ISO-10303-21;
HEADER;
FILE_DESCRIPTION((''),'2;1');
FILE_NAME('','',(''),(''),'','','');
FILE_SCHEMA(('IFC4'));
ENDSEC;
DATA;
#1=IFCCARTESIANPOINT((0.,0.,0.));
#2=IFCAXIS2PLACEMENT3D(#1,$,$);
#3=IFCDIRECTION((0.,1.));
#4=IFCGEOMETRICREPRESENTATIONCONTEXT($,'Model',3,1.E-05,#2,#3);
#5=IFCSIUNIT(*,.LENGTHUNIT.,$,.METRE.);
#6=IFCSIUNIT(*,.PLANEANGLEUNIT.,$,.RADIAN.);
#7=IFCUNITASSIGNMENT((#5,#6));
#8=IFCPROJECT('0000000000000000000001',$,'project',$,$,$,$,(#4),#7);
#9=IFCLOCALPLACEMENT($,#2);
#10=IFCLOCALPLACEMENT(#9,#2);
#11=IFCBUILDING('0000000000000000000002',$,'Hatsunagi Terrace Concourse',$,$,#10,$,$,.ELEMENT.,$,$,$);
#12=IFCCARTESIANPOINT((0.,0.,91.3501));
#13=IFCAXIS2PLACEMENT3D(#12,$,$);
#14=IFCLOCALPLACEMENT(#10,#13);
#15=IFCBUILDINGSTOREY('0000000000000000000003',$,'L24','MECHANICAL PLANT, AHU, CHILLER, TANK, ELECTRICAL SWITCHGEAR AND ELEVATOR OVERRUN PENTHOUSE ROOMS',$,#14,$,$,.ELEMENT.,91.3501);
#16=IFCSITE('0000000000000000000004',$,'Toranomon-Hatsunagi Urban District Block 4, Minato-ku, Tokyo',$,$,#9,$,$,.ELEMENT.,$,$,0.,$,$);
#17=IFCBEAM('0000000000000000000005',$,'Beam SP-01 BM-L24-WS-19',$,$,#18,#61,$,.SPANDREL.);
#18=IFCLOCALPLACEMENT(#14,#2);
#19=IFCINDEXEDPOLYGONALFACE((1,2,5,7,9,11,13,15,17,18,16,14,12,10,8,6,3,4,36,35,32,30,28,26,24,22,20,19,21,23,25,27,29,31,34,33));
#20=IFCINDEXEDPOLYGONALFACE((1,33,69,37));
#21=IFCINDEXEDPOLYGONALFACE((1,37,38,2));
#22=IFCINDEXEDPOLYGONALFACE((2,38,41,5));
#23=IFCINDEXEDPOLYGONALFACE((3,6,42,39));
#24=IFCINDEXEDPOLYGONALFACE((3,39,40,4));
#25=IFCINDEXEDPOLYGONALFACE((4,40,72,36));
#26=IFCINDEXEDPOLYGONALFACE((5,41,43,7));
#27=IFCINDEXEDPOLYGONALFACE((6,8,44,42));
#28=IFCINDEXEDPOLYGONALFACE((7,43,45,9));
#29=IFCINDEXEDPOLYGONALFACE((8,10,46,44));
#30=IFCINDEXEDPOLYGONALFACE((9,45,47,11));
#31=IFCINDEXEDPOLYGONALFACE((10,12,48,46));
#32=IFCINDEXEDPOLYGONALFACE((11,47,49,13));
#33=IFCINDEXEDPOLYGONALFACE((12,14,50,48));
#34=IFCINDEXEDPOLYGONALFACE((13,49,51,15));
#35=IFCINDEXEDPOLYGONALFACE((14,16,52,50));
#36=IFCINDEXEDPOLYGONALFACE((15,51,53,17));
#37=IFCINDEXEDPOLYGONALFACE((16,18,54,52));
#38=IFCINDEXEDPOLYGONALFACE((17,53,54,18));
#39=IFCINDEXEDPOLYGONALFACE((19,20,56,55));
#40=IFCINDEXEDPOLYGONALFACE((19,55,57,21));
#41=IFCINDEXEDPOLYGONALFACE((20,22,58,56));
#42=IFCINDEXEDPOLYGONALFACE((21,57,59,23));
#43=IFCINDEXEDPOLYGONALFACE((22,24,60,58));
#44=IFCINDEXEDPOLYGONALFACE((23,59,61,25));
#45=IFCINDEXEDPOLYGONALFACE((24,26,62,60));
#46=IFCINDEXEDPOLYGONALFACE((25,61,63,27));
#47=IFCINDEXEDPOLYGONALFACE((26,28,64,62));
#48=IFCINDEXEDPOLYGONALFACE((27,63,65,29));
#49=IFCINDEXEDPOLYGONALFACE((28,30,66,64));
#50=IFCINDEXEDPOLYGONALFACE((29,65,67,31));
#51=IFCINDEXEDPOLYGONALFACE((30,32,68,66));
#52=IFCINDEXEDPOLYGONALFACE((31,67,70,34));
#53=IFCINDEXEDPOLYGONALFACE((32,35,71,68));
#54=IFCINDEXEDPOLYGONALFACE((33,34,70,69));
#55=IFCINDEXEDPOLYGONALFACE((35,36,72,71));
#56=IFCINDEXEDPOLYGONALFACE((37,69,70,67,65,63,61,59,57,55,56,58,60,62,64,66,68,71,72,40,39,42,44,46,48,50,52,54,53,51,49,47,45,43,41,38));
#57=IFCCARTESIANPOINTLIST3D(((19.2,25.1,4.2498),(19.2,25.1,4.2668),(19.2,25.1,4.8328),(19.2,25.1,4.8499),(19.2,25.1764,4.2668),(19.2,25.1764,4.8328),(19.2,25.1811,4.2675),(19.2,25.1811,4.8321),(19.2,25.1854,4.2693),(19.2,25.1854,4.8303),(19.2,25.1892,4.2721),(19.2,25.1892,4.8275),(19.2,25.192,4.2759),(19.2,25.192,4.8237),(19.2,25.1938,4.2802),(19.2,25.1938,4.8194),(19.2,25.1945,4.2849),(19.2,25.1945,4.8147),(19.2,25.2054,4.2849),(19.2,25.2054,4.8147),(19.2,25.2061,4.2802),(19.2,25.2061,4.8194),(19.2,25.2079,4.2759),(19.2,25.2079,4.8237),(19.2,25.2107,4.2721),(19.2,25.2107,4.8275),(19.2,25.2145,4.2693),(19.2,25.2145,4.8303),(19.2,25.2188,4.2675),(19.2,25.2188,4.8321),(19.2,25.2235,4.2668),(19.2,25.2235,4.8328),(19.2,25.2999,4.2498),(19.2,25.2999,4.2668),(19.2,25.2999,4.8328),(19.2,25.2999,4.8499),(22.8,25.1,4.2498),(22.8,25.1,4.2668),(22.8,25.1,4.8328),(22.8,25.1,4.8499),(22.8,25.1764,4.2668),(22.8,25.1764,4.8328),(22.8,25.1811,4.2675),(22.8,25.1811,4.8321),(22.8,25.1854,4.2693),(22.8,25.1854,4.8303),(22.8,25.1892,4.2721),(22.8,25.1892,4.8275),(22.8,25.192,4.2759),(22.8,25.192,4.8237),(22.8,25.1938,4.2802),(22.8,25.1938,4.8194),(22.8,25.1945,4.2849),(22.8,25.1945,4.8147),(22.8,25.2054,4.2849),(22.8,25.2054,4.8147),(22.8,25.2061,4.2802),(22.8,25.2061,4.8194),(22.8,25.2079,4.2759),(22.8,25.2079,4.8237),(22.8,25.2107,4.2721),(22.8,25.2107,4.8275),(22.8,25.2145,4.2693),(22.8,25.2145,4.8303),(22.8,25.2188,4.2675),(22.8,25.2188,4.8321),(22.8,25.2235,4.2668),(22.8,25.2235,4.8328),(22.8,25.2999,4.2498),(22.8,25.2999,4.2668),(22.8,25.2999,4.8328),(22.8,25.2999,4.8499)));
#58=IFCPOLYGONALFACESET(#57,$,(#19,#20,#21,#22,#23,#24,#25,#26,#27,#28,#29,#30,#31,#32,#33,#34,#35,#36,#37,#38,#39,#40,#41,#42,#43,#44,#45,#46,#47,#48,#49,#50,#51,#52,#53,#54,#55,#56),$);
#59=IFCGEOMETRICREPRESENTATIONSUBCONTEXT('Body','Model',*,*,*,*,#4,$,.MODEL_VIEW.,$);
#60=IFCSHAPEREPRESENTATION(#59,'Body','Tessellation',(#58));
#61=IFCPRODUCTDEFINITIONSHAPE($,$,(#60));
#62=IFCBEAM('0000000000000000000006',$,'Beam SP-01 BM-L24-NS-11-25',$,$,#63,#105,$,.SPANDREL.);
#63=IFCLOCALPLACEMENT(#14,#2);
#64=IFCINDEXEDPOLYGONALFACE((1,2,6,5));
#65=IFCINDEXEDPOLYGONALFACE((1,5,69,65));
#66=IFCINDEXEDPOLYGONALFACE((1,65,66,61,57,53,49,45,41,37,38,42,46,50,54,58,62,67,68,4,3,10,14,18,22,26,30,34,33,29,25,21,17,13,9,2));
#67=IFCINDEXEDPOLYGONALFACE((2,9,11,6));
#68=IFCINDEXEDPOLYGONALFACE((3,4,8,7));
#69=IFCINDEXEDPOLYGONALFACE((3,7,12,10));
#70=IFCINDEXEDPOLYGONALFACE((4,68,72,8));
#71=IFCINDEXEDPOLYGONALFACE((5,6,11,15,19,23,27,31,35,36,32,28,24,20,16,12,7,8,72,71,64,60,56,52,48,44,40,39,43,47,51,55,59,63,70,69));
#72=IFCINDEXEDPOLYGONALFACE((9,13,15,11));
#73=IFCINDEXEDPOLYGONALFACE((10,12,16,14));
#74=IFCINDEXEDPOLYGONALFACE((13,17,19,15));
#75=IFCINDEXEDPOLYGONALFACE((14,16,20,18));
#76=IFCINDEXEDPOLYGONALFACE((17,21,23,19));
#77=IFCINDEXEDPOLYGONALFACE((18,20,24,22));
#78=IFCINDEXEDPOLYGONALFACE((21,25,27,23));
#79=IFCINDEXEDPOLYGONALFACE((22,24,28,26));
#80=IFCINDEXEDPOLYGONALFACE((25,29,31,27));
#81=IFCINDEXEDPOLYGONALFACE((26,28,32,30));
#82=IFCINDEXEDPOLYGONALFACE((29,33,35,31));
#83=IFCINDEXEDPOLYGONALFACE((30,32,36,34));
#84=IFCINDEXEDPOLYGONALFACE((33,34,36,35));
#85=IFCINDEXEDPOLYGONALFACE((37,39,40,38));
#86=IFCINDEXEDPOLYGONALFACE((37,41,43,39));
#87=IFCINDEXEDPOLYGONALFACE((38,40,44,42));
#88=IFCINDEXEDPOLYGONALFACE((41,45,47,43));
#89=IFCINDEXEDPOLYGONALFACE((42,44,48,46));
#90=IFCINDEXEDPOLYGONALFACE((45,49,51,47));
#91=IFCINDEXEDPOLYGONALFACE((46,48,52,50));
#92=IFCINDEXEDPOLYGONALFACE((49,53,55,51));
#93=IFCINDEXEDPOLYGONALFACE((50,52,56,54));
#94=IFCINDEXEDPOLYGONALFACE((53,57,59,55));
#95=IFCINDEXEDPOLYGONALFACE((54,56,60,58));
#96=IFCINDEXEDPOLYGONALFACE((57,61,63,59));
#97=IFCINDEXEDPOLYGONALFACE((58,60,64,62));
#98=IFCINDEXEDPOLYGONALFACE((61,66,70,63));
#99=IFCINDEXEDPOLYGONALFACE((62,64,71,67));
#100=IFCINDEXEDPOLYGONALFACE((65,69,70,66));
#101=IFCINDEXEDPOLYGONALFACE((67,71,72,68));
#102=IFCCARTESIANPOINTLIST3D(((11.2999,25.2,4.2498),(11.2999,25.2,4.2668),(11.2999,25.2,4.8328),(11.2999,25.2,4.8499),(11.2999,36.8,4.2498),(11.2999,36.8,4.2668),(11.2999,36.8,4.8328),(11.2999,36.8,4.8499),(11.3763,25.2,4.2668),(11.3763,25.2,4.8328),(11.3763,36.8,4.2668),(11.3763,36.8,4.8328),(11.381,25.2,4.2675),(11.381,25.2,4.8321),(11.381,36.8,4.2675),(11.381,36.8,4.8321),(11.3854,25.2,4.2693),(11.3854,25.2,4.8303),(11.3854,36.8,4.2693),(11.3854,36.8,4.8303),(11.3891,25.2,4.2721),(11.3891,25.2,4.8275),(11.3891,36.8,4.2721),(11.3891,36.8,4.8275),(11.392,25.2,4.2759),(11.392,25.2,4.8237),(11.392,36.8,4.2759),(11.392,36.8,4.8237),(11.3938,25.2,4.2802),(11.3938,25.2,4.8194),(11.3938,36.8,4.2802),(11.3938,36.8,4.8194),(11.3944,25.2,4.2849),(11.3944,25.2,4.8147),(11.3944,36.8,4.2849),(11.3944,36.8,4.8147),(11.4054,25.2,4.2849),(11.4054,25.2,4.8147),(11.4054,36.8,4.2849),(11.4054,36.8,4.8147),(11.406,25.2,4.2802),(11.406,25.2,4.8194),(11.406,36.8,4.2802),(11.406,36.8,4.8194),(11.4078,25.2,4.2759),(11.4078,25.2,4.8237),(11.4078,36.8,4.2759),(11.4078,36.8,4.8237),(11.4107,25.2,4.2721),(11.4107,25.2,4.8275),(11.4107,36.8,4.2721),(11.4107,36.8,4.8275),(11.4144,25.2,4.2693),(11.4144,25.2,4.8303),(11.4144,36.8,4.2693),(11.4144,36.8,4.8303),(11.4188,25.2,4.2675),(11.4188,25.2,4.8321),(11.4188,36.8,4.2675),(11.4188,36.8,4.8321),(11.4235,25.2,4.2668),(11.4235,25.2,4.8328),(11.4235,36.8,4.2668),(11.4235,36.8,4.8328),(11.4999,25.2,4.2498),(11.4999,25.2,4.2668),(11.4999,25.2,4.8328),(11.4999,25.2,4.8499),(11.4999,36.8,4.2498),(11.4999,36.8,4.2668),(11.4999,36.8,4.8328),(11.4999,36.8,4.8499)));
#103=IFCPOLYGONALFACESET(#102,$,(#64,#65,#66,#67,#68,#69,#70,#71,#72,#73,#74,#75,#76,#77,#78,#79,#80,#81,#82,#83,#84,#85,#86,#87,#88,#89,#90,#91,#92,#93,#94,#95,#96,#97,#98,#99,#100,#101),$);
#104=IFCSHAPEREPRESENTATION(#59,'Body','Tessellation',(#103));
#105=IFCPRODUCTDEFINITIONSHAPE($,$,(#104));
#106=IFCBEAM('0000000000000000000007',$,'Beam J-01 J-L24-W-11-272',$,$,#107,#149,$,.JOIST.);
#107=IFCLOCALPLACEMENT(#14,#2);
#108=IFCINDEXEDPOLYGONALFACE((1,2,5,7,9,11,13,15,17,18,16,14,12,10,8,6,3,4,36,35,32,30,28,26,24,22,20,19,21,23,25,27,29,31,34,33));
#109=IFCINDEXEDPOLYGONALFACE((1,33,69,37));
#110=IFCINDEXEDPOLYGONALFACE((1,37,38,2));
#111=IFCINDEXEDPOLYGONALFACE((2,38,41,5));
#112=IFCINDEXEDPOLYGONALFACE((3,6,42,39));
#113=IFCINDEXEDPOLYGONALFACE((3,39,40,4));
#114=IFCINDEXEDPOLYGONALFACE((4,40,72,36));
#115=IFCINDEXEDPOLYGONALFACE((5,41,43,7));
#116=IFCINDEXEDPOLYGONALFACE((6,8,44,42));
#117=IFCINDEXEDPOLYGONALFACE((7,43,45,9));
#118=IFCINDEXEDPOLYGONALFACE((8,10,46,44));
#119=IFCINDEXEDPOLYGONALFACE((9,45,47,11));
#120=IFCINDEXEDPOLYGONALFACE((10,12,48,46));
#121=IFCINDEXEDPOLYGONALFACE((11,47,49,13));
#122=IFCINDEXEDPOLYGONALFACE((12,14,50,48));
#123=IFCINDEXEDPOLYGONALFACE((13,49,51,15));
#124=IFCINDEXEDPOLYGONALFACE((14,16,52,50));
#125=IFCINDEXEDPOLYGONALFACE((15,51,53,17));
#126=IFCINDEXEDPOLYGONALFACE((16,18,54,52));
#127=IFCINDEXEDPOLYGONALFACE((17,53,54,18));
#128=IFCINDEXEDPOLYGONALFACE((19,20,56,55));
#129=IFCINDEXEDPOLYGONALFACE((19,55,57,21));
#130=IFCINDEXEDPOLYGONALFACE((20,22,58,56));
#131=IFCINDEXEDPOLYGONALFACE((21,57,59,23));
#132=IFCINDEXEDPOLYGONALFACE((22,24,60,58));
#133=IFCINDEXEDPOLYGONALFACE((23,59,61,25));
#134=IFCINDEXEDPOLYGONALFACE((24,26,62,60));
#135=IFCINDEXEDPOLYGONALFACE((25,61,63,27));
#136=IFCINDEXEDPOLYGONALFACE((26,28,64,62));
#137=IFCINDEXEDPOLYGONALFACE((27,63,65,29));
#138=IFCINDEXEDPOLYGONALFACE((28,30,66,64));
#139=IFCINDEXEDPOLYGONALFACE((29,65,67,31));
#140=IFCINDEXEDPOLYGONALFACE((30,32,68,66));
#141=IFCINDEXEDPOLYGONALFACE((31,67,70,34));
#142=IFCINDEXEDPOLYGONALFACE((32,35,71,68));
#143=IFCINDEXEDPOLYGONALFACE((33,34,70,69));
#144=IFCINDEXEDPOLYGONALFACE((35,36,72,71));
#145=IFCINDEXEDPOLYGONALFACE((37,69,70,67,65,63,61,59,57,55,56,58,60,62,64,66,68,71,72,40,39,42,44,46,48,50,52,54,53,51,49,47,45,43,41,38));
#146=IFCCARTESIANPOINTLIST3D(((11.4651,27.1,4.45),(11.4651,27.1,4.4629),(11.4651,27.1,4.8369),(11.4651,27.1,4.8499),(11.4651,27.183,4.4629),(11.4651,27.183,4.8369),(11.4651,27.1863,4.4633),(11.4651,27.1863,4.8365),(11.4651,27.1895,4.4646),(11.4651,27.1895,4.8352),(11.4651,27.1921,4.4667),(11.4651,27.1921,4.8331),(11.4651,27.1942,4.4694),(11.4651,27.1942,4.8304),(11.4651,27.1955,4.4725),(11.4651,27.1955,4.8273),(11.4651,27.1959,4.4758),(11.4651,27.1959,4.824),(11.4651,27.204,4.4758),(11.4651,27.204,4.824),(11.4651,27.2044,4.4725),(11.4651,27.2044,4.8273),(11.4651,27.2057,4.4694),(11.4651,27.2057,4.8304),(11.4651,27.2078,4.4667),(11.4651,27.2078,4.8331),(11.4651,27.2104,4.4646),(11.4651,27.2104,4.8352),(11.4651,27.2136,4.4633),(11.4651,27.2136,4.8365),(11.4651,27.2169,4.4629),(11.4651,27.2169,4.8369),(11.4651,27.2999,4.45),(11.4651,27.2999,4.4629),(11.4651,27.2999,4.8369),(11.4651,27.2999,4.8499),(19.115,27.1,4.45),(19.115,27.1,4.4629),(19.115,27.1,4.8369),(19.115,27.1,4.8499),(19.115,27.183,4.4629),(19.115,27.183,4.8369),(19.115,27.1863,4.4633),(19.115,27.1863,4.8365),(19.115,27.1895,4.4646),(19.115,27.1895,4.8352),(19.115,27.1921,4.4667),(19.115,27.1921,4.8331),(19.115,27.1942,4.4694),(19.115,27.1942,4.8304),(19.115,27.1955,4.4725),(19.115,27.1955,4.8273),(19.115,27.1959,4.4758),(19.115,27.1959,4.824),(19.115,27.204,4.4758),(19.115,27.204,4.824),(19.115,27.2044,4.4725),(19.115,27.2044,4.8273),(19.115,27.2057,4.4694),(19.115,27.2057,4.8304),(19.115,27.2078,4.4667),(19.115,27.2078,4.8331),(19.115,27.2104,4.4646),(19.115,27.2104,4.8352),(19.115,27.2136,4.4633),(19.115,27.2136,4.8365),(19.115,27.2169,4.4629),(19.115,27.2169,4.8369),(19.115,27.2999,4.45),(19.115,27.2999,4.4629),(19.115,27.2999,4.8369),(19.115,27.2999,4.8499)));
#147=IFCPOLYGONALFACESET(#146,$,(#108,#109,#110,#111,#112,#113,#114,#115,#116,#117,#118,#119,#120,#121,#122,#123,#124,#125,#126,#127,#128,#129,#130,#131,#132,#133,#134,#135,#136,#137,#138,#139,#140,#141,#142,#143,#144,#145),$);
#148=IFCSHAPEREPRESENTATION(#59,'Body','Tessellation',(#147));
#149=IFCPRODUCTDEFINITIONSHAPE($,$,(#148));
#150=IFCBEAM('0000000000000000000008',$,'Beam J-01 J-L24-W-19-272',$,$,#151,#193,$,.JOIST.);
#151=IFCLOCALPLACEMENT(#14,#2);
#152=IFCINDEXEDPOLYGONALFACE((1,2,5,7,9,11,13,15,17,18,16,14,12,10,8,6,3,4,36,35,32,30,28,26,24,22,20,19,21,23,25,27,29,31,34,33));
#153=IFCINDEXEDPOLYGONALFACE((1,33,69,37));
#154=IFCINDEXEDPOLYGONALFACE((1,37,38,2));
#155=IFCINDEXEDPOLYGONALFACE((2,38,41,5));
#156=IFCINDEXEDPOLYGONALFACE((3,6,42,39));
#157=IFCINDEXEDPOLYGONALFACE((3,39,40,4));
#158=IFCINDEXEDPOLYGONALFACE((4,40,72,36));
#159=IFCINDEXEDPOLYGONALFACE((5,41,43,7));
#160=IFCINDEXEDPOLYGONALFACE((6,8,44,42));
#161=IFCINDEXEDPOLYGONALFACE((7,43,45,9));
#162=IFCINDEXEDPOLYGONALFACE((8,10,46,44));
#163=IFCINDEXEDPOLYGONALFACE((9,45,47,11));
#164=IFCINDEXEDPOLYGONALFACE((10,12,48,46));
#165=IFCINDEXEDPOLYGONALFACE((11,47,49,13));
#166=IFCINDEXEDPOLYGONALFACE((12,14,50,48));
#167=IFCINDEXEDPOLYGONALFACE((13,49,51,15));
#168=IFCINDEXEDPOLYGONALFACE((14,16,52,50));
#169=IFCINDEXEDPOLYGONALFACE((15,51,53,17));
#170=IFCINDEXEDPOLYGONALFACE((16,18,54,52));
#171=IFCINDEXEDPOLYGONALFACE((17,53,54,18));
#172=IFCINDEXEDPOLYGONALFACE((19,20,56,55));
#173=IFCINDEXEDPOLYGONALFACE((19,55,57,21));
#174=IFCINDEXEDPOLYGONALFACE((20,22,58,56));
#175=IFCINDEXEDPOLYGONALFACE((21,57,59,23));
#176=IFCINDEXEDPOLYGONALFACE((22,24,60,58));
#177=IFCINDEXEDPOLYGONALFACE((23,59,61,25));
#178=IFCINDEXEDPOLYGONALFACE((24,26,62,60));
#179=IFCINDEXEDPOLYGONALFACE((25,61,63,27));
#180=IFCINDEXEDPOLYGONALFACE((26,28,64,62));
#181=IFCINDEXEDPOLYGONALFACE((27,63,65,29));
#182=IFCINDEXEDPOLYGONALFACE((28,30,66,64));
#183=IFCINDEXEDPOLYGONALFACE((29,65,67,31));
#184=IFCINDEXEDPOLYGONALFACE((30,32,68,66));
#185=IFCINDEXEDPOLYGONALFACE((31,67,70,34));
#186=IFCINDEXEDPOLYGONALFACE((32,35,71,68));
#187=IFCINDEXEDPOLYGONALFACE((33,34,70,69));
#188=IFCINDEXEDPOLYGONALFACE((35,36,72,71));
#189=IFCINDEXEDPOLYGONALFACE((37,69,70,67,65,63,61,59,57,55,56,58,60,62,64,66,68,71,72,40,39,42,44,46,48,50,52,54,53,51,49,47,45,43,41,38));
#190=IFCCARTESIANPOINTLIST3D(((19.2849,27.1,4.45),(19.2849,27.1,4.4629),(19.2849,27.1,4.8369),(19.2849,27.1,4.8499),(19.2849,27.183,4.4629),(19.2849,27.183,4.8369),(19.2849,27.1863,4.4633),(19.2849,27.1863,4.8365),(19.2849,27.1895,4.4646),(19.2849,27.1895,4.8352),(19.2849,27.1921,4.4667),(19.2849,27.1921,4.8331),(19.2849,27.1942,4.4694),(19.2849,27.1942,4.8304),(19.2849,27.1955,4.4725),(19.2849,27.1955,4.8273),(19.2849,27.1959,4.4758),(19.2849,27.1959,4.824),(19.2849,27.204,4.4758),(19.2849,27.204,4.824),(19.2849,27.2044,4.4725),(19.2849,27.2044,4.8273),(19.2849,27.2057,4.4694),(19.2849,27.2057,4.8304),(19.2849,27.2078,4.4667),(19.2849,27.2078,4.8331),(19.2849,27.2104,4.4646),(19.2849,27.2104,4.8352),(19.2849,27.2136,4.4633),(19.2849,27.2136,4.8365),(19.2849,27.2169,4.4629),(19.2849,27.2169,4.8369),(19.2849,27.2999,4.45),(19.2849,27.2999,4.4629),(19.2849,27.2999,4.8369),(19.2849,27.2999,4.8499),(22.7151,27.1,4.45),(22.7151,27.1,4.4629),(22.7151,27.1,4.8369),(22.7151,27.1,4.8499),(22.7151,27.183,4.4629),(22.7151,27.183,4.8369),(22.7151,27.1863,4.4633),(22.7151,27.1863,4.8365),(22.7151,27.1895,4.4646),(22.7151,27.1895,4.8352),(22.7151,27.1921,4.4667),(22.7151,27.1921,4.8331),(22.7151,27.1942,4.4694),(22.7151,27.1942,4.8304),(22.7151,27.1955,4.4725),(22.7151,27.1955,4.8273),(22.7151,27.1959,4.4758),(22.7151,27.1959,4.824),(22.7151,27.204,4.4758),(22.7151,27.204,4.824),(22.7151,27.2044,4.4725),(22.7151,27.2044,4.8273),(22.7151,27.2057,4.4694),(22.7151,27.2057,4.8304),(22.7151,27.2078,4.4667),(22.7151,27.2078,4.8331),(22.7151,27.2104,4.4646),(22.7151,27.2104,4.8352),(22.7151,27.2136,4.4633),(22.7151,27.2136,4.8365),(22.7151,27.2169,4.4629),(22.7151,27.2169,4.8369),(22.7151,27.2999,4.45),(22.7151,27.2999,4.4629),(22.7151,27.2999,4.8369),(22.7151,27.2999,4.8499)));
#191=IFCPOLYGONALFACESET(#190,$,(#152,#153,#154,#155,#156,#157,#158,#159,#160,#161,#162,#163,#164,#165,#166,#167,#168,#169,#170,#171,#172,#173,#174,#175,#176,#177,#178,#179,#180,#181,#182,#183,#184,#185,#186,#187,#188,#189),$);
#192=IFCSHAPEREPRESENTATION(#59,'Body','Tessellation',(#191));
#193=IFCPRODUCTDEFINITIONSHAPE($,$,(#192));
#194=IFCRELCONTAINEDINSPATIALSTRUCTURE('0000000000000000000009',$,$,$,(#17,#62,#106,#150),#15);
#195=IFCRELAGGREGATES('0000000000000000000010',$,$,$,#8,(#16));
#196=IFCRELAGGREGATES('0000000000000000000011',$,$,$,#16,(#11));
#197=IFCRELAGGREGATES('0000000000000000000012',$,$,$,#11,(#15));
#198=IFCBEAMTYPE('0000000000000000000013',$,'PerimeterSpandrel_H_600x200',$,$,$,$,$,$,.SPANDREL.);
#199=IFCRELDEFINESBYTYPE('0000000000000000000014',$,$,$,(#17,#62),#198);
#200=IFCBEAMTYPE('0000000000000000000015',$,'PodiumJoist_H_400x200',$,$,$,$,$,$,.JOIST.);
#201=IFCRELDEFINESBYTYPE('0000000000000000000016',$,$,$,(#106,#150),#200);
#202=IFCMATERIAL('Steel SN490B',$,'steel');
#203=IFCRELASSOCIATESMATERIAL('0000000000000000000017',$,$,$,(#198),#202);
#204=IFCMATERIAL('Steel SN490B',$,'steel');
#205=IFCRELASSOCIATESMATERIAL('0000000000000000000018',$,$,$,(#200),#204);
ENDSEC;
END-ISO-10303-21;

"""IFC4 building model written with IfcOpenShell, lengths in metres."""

from ifc_helpers import new_model, si_unit, direction, frame, origin, origin_2d, place, context, subcontext, project, spatial, i_section, extrude, material, material_profile, profile_set, type_object, element, save


model = new_model("IFC4")

# Units and contexts
model_context = context("Model", 3, precision=1e-05, world=origin(), true_north=direction((0.0, 1.0)))
body_context = subcontext(model_context, "Body", "Model", "MODEL_VIEW")
ifc_project = project(units=[si_unit("LENGTHUNIT", "METRE"), si_unit("PLANEANGLEUNIT", "RADIAN")], contexts=[model_context])

# Site, building, storey
site_placement = place(None, origin())
site = spatial("IfcSite", under=ifc_project, at=site_placement, Name="Toranomon-Hatsunagi Urban District Block 4, Minato-ku, Tokyo", CompositionType="ELEMENT", RefElevation=0.0)
building_placement = place(site_placement, origin())
building = spatial("IfcBuilding", under=site, at=building_placement, Name="Hatsunagi Terrace Concourse", CompositionType="ELEMENT")
storey_placement = place(building_placement, frame((0.0, 0.0, 91.3501)))
storey = spatial("IfcBuildingStorey", under=building, at=storey_placement, Name="L24", Description="MECHANICAL PLANT, AHU, CHILLER, TANK, ELECTRICAL SWITCHGEAR AND ELEVATOR OVERRUN PENTHOUSE ROOMS", CompositionType="ELEMENT", Elevation=91.3501)

# Beams
ifc_material_1 = material(Name="Steel SN490B", Category="steel")
ifc_material_profile_1 = material_profile(ifc_material_1, i_section(OverallWidth=0.2, OverallDepth=0.6001, WebThickness=0.011, FlangeThickness=0.0171, FilletRadius=0.0181, at=origin_2d()), Name="H-600x200x11x17")
ifc_profile_set_1 = profile_set([ifc_material_profile_1], Name="Steel SN490B")
beam_type_1 = type_object("IfcBeamType", Name="PerimeterSpandrel_H_600x200", PredefinedType="SPANDREL", material=ifc_profile_set_1)
beam_1_placement = place(storey_placement, frame((19.2, 25.2, 4.5498), z_axis=(1.0, 0.0, 0.0), x_axis=(0.0, 1.0, 0.0)))
element("IfcBeam", 1, at=beam_1_placement, inside=storey, type_object=beam_type_1, Name="Beam SP-01 BM-L24-WS-19", PredefinedType="SPANDREL", context=body_context, shape_type="SweptSolid", body=[
    extrude(i_section(OverallWidth=0.2, OverallDepth=0.6001, WebThickness=0.011, FlangeThickness=0.0171, FilletRadius=0.0181, at=origin_2d()), origin(), (0.0, 0.0, 1.0), 3.6001),
])
beam_2_placement = place(storey_placement, frame((11.3999, 25.2, 4.5498), z_axis=(0.0, 1.0, 0.0), x_axis=(-1.0, 0.0, 0.0)))
element("IfcBeam", 2, at=beam_2_placement, inside=storey, type_object=beam_type_1, Name="Beam SP-01 BM-L24-NS-11-25", PredefinedType="SPANDREL", context=body_context, shape_type="SweptSolid", body=[
    extrude(i_section(OverallWidth=0.2, OverallDepth=0.6001, WebThickness=0.011, FlangeThickness=0.0171, FilletRadius=0.0181, at=origin_2d()), origin(), (0.0, 0.0, 1.0), 11.6001),
])
ifc_material_2 = material(Name="Steel SN490B", Category="steel")
ifc_material_profile_2 = material_profile(ifc_material_2, i_section(OverallWidth=0.2, OverallDepth=0.3999, WebThickness=0.0081, FlangeThickness=0.0129, FilletRadius=0.0129, at=origin_2d()), Name="H-400x200x8x13")
ifc_profile_set_2 = profile_set([ifc_material_profile_2], Name="Steel SN490B")
beam_type_2 = type_object("IfcBeamType", Name="PodiumJoist_H_400x200", PredefinedType="JOIST", material=ifc_profile_set_2)
beam_3_placement = place(storey_placement, frame((11.4651, 27.2, 4.6499), z_axis=(1.0, 0.0, 0.0), x_axis=(0.0, 1.0, 0.0)))
element("IfcBeam", 3, at=beam_3_placement, inside=storey, type_object=beam_type_2, Name="Beam J-01 J-L24-W-11-272", PredefinedType="JOIST", context=body_context, shape_type="SweptSolid", body=[
    extrude(i_section(OverallWidth=0.2, OverallDepth=0.3999, WebThickness=0.0081, FlangeThickness=0.0129, FilletRadius=0.0129, at=origin_2d()), origin(), (0.0, 0.0, 1.0), 7.6499),
])
beam_4_placement = place(storey_placement, frame((19.2849, 27.2, 4.6499), z_axis=(1.0, 0.0, 0.0), x_axis=(0.0, 1.0, 0.0)))
element("IfcBeam", 4, at=beam_4_placement, inside=storey, type_object=beam_type_2, Name="Beam J-01 J-L24-W-19-272", PredefinedType="JOIST", context=body_context, shape_type="SweptSolid", body=[
    extrude(i_section(OverallWidth=0.2, OverallDepth=0.3999, WebThickness=0.0081, FlangeThickness=0.0129, FilletRadius=0.0129, at=origin_2d()), origin(), (0.0, 0.0, 1.0), 3.4302),
])

save(model, "model.ifc")
